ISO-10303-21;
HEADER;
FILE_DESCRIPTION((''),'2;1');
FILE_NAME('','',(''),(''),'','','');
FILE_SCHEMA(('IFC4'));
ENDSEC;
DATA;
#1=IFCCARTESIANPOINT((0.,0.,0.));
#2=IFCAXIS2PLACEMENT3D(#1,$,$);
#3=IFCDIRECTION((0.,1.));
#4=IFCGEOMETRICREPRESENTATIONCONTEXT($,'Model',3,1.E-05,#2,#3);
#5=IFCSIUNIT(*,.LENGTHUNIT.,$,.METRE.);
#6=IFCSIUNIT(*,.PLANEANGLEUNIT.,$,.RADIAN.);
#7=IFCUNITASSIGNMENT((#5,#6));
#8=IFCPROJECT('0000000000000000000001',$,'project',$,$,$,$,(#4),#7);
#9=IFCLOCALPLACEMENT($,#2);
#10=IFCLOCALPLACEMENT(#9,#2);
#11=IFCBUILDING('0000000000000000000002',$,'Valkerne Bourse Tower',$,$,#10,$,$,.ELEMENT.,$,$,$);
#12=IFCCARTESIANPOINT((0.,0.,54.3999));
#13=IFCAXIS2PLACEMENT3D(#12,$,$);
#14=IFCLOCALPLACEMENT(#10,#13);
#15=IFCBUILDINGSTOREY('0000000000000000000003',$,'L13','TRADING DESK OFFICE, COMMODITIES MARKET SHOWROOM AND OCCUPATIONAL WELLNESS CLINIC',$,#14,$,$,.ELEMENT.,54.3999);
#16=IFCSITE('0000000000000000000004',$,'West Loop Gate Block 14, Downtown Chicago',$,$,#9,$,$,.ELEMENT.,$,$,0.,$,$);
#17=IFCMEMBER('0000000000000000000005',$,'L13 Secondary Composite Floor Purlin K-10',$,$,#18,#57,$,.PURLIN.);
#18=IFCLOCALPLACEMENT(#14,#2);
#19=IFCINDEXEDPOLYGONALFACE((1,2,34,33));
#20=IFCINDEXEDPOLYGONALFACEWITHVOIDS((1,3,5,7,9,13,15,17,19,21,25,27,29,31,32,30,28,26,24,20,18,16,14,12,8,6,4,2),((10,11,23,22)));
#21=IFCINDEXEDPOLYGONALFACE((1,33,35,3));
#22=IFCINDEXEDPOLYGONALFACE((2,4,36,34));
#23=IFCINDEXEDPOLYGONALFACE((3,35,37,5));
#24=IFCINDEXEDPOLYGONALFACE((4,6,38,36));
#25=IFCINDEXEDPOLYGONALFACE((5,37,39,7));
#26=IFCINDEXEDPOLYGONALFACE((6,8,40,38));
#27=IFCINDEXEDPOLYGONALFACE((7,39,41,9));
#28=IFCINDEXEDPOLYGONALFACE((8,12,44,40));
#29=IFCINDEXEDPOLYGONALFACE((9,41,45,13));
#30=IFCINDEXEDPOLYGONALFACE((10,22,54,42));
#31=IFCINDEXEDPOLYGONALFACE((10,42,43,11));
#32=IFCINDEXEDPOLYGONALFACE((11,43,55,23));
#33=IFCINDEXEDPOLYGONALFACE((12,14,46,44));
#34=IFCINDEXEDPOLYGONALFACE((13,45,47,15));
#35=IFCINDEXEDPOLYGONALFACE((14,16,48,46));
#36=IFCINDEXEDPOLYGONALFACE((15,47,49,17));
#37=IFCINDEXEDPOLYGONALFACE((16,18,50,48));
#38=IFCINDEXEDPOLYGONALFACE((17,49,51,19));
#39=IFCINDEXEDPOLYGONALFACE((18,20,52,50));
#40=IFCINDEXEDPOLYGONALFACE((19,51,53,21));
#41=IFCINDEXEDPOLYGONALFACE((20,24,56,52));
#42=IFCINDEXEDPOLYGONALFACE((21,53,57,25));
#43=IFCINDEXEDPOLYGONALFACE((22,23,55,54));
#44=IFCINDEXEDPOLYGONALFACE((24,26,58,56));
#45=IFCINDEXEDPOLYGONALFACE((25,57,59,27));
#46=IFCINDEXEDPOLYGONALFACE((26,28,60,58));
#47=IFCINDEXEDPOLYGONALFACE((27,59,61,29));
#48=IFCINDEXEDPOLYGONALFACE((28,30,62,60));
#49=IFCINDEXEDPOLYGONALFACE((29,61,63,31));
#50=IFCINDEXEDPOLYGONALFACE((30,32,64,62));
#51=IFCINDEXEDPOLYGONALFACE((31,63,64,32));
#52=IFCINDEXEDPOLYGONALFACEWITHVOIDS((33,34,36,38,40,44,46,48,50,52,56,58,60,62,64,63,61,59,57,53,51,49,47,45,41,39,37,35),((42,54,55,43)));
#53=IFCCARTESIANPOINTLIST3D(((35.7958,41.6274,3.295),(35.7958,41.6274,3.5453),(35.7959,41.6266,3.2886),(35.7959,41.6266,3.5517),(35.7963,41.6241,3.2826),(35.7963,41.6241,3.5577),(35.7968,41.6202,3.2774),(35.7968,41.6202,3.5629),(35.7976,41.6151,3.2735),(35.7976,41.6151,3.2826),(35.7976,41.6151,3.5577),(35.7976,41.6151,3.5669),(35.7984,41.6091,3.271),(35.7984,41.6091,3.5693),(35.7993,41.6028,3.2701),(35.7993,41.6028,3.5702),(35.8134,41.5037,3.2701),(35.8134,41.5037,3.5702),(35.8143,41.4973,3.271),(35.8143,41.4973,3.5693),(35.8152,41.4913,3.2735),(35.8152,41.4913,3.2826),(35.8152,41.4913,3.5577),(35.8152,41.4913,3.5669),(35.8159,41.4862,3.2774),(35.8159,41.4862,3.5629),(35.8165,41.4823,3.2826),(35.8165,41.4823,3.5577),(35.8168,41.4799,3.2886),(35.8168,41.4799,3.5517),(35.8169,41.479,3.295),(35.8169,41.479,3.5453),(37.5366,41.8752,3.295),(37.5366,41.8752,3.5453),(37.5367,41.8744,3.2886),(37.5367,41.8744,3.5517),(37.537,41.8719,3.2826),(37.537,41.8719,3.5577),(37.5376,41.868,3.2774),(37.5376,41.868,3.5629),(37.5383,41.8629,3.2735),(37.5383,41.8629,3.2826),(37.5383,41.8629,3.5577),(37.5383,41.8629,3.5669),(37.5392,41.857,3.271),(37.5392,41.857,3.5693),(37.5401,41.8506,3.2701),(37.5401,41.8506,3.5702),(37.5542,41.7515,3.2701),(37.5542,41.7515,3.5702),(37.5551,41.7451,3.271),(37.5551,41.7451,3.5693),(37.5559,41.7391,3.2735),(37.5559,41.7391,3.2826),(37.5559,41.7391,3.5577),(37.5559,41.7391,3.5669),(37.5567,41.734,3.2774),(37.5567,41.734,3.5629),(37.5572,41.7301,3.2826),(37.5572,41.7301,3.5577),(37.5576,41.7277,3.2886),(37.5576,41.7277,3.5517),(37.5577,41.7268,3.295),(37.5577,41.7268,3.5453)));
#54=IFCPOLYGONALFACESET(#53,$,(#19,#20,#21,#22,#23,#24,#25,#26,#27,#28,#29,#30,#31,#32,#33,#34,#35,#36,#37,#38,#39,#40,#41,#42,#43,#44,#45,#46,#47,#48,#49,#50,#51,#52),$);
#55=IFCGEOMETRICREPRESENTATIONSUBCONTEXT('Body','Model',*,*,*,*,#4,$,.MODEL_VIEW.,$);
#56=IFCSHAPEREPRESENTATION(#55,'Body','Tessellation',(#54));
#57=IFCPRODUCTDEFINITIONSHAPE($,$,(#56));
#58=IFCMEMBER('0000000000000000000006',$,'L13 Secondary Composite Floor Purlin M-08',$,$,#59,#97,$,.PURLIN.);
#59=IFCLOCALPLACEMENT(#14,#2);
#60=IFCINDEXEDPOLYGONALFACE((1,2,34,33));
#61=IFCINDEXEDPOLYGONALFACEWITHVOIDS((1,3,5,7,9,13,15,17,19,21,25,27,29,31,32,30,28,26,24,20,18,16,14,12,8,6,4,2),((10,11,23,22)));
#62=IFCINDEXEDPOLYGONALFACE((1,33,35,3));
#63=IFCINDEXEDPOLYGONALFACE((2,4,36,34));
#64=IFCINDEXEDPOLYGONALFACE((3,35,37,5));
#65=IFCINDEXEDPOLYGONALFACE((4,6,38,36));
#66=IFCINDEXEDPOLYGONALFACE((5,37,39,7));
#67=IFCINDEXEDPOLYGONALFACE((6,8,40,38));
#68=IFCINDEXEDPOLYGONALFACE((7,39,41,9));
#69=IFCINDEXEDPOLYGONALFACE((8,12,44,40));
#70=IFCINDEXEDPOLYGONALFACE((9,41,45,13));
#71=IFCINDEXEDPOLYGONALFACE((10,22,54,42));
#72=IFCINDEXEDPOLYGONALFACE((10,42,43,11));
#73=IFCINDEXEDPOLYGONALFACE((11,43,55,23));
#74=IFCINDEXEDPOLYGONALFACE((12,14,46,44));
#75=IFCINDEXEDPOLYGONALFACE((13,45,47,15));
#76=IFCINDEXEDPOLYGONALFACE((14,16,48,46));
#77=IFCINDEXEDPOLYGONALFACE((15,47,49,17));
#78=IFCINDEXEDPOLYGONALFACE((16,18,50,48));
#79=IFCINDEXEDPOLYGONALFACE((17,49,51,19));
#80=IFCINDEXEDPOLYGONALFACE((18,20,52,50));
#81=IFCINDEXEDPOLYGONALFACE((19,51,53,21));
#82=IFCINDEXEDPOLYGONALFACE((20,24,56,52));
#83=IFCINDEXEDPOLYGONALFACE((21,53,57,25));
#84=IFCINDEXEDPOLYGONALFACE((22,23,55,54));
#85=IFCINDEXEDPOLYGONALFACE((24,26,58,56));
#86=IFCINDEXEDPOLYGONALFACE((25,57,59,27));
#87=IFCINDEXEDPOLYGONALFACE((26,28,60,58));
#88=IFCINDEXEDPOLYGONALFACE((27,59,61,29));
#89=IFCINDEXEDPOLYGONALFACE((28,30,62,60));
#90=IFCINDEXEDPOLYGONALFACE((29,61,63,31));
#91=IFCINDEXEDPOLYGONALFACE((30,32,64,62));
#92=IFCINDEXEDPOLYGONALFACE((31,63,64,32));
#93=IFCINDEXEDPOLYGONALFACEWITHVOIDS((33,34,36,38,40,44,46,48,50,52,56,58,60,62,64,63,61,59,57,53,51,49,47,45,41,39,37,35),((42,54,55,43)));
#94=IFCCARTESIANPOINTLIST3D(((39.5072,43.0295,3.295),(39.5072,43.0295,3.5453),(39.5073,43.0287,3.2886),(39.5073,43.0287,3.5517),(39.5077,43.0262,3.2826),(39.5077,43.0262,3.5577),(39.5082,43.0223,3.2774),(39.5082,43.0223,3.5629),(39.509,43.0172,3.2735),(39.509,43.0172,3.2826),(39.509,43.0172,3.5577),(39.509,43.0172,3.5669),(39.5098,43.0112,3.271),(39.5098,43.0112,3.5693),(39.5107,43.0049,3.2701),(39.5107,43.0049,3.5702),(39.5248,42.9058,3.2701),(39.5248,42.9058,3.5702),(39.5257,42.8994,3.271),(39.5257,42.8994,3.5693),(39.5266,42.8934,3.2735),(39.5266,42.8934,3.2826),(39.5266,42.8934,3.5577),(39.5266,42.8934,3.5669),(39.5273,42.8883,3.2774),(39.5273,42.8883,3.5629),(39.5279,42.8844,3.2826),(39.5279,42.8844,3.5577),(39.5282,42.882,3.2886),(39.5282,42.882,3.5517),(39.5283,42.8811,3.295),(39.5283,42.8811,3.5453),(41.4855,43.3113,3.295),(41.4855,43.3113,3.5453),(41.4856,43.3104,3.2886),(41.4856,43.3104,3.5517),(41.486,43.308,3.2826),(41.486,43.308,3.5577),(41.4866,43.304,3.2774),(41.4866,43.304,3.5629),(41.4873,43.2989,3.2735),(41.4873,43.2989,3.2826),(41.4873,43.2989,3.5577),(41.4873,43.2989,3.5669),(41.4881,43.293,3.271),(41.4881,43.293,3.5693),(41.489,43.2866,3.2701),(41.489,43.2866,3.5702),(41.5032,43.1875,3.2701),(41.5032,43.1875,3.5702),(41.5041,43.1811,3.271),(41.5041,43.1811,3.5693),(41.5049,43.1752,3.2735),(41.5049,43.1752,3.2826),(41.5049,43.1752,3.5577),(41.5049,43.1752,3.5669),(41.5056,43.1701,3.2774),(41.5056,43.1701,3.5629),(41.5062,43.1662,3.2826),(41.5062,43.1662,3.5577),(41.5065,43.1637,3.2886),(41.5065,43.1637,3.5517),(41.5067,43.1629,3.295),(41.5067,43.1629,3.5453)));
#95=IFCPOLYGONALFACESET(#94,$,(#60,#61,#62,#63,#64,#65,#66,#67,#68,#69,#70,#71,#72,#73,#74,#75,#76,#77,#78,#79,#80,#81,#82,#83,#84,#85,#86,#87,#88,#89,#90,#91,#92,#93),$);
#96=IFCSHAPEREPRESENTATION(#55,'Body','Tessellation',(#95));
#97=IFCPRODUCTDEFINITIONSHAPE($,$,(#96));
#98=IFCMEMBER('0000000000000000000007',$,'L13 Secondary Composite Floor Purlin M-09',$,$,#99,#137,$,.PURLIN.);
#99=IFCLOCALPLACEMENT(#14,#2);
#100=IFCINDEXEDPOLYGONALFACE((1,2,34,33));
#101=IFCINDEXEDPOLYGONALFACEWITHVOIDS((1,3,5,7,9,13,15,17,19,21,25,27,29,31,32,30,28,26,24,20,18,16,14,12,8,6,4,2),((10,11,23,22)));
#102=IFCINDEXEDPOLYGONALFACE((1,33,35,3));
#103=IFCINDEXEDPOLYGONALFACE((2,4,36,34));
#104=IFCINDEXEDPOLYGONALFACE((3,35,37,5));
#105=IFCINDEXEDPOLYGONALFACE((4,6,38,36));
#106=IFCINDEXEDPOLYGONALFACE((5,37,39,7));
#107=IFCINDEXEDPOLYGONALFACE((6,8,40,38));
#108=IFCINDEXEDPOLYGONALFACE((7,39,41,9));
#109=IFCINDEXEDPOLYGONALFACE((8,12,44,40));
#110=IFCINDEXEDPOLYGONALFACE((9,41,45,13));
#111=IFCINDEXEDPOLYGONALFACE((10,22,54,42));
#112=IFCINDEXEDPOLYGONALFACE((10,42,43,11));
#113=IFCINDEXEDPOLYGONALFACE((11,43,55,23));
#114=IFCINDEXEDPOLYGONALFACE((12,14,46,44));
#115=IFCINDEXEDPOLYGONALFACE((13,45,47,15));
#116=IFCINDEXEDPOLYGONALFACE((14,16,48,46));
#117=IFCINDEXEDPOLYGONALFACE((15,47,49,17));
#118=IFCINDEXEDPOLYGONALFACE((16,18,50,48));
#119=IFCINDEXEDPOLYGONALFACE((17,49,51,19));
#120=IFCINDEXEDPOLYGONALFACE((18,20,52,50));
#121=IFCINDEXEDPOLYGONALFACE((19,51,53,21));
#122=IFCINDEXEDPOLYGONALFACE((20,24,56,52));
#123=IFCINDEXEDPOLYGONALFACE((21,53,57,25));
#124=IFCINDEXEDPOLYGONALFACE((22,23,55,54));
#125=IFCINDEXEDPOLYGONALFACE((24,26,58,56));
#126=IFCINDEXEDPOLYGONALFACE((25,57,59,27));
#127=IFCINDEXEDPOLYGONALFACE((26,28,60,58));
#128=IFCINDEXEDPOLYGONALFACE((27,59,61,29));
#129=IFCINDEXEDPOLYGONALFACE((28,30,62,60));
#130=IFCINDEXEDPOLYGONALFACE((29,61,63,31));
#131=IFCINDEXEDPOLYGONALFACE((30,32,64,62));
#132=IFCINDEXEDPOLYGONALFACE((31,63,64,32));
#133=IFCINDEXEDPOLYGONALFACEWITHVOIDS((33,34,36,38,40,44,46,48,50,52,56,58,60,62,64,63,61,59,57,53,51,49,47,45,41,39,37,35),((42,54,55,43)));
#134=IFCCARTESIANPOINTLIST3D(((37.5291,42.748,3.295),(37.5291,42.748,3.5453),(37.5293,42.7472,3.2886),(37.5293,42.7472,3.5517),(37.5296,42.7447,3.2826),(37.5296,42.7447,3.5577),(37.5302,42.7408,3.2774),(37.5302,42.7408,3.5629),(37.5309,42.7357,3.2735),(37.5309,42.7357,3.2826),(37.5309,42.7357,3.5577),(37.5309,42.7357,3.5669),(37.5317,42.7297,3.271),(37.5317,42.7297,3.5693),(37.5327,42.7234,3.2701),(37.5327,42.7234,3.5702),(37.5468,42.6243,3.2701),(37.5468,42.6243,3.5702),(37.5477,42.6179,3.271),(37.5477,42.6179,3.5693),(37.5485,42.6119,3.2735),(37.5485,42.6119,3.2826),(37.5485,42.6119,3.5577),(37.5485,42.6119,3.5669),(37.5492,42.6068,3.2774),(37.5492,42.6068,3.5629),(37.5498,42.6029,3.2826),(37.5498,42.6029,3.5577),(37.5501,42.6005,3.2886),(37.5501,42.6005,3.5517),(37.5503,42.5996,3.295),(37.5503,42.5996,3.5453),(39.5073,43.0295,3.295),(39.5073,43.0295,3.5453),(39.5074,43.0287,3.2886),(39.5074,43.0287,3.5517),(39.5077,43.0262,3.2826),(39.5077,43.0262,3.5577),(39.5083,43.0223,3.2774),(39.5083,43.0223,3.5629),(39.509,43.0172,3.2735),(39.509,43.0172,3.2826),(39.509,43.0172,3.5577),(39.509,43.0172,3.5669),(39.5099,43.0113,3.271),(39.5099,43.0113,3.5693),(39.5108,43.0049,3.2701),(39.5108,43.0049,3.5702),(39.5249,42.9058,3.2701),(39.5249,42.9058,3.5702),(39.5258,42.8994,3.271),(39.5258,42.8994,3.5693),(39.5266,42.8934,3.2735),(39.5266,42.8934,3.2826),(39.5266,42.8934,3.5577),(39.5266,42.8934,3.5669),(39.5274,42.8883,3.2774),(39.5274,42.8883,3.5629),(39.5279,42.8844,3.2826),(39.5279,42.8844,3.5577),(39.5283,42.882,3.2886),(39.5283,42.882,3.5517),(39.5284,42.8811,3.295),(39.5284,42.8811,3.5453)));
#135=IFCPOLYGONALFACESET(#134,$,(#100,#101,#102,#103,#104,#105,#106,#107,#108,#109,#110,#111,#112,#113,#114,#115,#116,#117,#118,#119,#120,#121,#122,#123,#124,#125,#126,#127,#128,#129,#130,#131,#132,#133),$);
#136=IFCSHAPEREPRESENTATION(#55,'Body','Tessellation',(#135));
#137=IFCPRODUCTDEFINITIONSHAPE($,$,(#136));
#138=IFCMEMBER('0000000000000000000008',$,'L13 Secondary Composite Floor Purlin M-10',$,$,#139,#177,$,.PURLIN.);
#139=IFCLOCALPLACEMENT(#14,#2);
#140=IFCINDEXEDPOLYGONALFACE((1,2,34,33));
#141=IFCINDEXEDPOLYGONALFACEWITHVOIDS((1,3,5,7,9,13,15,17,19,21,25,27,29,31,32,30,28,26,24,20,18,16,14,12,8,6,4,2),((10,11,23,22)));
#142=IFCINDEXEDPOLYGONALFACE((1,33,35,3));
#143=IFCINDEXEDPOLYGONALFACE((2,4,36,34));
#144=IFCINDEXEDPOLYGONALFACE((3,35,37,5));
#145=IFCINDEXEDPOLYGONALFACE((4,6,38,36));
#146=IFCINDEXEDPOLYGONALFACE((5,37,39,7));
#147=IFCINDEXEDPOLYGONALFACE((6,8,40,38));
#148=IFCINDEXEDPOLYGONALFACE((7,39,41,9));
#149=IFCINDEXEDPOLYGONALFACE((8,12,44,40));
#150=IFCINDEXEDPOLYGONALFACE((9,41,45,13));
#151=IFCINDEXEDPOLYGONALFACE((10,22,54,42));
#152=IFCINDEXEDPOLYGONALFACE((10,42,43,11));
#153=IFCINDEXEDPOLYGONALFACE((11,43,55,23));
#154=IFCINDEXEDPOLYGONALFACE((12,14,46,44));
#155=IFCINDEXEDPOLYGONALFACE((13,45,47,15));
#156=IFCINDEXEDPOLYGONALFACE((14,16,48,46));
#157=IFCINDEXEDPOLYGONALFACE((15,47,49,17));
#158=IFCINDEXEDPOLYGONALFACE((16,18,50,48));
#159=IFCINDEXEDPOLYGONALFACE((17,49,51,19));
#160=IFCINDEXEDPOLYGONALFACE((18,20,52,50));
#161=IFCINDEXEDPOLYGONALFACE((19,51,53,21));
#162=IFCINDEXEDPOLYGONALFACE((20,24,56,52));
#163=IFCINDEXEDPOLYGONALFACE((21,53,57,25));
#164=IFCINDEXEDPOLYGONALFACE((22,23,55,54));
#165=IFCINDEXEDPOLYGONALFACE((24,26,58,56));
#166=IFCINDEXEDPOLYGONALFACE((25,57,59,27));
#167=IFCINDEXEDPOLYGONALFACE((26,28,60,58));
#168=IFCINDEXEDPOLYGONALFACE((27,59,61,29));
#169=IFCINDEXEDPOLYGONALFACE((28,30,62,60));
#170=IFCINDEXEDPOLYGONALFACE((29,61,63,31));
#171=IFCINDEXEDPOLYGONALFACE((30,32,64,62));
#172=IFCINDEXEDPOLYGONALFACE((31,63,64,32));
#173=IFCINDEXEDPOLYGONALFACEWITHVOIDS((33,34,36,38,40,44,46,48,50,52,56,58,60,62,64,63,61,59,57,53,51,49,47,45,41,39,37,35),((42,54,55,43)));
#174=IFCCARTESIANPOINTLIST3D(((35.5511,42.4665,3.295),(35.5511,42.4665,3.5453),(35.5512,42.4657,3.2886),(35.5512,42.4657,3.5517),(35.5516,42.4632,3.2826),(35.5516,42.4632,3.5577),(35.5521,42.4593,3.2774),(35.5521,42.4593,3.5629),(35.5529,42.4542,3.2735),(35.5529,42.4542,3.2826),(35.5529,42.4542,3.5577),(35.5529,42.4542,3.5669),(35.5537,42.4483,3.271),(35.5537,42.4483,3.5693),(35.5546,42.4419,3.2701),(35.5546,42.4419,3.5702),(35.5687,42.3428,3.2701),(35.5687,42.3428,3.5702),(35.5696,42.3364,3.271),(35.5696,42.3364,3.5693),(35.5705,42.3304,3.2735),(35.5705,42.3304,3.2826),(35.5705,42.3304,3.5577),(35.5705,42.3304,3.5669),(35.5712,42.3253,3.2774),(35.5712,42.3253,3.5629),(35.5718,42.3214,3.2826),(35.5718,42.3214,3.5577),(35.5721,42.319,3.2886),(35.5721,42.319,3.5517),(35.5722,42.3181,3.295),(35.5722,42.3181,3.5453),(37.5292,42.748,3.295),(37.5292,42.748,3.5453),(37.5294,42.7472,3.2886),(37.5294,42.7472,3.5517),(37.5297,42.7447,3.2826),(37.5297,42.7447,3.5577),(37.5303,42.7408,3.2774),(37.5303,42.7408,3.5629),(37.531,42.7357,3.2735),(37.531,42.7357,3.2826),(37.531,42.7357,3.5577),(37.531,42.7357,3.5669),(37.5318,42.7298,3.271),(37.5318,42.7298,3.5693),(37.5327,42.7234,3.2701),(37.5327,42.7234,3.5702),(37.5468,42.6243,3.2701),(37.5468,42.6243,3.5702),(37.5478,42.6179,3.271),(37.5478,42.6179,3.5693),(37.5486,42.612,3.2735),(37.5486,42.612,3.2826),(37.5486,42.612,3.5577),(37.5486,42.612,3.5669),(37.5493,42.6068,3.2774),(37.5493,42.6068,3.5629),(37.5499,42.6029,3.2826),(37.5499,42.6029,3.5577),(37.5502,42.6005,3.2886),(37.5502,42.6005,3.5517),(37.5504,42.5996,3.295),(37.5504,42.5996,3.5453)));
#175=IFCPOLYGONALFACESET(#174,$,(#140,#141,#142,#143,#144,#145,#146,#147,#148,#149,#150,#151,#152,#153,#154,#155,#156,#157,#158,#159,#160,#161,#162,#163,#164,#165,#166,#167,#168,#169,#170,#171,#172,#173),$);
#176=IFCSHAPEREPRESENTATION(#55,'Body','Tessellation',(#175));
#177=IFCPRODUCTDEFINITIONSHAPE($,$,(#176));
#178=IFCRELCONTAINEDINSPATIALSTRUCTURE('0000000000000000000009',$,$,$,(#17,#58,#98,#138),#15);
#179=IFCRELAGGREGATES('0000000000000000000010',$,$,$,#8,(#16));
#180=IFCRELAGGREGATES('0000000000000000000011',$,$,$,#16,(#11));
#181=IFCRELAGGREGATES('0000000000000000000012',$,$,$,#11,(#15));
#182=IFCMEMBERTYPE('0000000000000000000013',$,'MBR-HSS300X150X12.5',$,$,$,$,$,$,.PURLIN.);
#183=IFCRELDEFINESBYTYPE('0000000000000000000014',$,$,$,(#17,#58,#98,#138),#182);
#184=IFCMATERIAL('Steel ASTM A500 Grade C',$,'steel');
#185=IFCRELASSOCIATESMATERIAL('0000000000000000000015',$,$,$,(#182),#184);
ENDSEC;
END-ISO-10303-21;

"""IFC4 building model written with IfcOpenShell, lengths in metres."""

from ifc_helpers import new_model, si_unit, direction, frame, origin, origin_2d, place, context, subcontext, project, spatial, hollow_rectangle, extrude, material, material_profile, profile_set, type_object, element, save


model = new_model("IFC4")

# Units and contexts
model_context = context("Model", 3, precision=1e-05, world=origin(), true_north=direction((0.0, 1.0)))
body_context = subcontext(model_context, "Body", "Model", "MODEL_VIEW")
ifc_project = project(units=[si_unit("LENGTHUNIT", "METRE"), si_unit("PLANEANGLEUNIT", "RADIAN")], contexts=[model_context])

# Site, building, storey
site_placement = place(None, origin())
site = spatial("IfcSite", under=ifc_project, at=site_placement, Name="West Loop Gate Block 14, Downtown Chicago", CompositionType="ELEMENT", RefElevation=0.0)
building_placement = place(site_placement, origin())
building = spatial("IfcBuilding", under=site, at=building_placement, Name="Valkerne Bourse Tower", CompositionType="ELEMENT")
storey_placement = place(building_placement, frame((0.0, 0.0, 54.3999)))
storey = spatial("IfcBuildingStorey", under=building, at=storey_placement, Name="L13", Description="TRADING DESK OFFICE, COMMODITIES MARKET SHOWROOM AND OCCUPATIONAL WELLNESS CLINIC", CompositionType="ELEMENT", Elevation=54.3999)

# Members
ifc_material_1 = material(Name="Steel ASTM A500 Grade C", Category="steel")
ifc_material_profile_1 = material_profile(ifc_material_1, hollow_rectangle(XDim=0.1499, YDim=0.3, WallThickness=0.0125, OuterFilletRadius=0.0249, at=origin_2d()), Name="HSS300X150X12.5")
ifc_profile_set_1 = profile_set([ifc_material_profile_1], Name="Steel ASTM A500 Grade C")
member_type = type_object("IfcMemberType", Name="MBR-HSS300X150X12.5", PredefinedType="PURLIN", material=ifc_profile_set_1)
for number, where, z_axis, x_axis, name in (
    (1, (37.5471, 41.801, 3.4202), (-0.990019, -0.140935, 0.0), (0.140935, -0.990019, 0.0), "L13 Secondary Composite Floor Purlin K-10"),
):
    element("IfcMember", number, at=place(storey_placement, frame(where, z_axis=z_axis, x_axis=x_axis)), inside=storey, type_object=member_type, Name=name, PredefinedType="PURLIN", context=body_context, shape_type="SweptSolid", body=[
        extrude(hollow_rectangle(XDim=0.1499, YDim=0.3, WallThickness=0.0125, OuterFilletRadius=0.0249, at=origin_2d()), origin(), (0.0, 0.0, 1.0), 1.7583),
    ])
member_1_placement = place(storey_placement, frame((41.4961, 43.2371, 3.4202), z_axis=(-0.99001, -0.140994, 0.0), x_axis=(0.140994, -0.99001, 0.0)))
element("IfcMember", 2, at=member_1_placement, inside=storey, type_object=member_type, Name="L13 Secondary Composite Floor Purlin M-08", PredefinedType="PURLIN", context=body_context, shape_type="SweptSolid", body=[
    extrude(hollow_rectangle(XDim=0.1499, YDim=0.3, WallThickness=0.0125, OuterFilletRadius=0.0249, at=origin_2d()), origin(), (0.0, 0.0, 1.0), 1.9983),
])
for number, where, z_axis, x_axis, name in (
    (3, (39.5178, 42.9553, 3.4202), (-0.990025, -0.140891, 0.0), (0.140891, -0.990025, 0.0), "L13 Secondary Composite Floor Purlin M-09"),
    (4, (37.5398, 42.6738, 3.4202), (-0.990025, -0.140891, 0.0), (0.140891, -0.990025, 0.0), "L13 Secondary Composite Floor Purlin M-10"),
):
    element("IfcMember", number, at=place(storey_placement, frame(where, z_axis=z_axis, x_axis=x_axis)), inside=storey, type_object=member_type, Name=name, PredefinedType="PURLIN", context=body_context, shape_type="SweptSolid", body=[
        extrude(hollow_rectangle(XDim=0.1499, YDim=0.3, WallThickness=0.0125, OuterFilletRadius=0.0249, at=origin_2d()), origin(), (0.0, 0.0, 1.0), 1.998),
    ])

save(model, "model.ifc")
